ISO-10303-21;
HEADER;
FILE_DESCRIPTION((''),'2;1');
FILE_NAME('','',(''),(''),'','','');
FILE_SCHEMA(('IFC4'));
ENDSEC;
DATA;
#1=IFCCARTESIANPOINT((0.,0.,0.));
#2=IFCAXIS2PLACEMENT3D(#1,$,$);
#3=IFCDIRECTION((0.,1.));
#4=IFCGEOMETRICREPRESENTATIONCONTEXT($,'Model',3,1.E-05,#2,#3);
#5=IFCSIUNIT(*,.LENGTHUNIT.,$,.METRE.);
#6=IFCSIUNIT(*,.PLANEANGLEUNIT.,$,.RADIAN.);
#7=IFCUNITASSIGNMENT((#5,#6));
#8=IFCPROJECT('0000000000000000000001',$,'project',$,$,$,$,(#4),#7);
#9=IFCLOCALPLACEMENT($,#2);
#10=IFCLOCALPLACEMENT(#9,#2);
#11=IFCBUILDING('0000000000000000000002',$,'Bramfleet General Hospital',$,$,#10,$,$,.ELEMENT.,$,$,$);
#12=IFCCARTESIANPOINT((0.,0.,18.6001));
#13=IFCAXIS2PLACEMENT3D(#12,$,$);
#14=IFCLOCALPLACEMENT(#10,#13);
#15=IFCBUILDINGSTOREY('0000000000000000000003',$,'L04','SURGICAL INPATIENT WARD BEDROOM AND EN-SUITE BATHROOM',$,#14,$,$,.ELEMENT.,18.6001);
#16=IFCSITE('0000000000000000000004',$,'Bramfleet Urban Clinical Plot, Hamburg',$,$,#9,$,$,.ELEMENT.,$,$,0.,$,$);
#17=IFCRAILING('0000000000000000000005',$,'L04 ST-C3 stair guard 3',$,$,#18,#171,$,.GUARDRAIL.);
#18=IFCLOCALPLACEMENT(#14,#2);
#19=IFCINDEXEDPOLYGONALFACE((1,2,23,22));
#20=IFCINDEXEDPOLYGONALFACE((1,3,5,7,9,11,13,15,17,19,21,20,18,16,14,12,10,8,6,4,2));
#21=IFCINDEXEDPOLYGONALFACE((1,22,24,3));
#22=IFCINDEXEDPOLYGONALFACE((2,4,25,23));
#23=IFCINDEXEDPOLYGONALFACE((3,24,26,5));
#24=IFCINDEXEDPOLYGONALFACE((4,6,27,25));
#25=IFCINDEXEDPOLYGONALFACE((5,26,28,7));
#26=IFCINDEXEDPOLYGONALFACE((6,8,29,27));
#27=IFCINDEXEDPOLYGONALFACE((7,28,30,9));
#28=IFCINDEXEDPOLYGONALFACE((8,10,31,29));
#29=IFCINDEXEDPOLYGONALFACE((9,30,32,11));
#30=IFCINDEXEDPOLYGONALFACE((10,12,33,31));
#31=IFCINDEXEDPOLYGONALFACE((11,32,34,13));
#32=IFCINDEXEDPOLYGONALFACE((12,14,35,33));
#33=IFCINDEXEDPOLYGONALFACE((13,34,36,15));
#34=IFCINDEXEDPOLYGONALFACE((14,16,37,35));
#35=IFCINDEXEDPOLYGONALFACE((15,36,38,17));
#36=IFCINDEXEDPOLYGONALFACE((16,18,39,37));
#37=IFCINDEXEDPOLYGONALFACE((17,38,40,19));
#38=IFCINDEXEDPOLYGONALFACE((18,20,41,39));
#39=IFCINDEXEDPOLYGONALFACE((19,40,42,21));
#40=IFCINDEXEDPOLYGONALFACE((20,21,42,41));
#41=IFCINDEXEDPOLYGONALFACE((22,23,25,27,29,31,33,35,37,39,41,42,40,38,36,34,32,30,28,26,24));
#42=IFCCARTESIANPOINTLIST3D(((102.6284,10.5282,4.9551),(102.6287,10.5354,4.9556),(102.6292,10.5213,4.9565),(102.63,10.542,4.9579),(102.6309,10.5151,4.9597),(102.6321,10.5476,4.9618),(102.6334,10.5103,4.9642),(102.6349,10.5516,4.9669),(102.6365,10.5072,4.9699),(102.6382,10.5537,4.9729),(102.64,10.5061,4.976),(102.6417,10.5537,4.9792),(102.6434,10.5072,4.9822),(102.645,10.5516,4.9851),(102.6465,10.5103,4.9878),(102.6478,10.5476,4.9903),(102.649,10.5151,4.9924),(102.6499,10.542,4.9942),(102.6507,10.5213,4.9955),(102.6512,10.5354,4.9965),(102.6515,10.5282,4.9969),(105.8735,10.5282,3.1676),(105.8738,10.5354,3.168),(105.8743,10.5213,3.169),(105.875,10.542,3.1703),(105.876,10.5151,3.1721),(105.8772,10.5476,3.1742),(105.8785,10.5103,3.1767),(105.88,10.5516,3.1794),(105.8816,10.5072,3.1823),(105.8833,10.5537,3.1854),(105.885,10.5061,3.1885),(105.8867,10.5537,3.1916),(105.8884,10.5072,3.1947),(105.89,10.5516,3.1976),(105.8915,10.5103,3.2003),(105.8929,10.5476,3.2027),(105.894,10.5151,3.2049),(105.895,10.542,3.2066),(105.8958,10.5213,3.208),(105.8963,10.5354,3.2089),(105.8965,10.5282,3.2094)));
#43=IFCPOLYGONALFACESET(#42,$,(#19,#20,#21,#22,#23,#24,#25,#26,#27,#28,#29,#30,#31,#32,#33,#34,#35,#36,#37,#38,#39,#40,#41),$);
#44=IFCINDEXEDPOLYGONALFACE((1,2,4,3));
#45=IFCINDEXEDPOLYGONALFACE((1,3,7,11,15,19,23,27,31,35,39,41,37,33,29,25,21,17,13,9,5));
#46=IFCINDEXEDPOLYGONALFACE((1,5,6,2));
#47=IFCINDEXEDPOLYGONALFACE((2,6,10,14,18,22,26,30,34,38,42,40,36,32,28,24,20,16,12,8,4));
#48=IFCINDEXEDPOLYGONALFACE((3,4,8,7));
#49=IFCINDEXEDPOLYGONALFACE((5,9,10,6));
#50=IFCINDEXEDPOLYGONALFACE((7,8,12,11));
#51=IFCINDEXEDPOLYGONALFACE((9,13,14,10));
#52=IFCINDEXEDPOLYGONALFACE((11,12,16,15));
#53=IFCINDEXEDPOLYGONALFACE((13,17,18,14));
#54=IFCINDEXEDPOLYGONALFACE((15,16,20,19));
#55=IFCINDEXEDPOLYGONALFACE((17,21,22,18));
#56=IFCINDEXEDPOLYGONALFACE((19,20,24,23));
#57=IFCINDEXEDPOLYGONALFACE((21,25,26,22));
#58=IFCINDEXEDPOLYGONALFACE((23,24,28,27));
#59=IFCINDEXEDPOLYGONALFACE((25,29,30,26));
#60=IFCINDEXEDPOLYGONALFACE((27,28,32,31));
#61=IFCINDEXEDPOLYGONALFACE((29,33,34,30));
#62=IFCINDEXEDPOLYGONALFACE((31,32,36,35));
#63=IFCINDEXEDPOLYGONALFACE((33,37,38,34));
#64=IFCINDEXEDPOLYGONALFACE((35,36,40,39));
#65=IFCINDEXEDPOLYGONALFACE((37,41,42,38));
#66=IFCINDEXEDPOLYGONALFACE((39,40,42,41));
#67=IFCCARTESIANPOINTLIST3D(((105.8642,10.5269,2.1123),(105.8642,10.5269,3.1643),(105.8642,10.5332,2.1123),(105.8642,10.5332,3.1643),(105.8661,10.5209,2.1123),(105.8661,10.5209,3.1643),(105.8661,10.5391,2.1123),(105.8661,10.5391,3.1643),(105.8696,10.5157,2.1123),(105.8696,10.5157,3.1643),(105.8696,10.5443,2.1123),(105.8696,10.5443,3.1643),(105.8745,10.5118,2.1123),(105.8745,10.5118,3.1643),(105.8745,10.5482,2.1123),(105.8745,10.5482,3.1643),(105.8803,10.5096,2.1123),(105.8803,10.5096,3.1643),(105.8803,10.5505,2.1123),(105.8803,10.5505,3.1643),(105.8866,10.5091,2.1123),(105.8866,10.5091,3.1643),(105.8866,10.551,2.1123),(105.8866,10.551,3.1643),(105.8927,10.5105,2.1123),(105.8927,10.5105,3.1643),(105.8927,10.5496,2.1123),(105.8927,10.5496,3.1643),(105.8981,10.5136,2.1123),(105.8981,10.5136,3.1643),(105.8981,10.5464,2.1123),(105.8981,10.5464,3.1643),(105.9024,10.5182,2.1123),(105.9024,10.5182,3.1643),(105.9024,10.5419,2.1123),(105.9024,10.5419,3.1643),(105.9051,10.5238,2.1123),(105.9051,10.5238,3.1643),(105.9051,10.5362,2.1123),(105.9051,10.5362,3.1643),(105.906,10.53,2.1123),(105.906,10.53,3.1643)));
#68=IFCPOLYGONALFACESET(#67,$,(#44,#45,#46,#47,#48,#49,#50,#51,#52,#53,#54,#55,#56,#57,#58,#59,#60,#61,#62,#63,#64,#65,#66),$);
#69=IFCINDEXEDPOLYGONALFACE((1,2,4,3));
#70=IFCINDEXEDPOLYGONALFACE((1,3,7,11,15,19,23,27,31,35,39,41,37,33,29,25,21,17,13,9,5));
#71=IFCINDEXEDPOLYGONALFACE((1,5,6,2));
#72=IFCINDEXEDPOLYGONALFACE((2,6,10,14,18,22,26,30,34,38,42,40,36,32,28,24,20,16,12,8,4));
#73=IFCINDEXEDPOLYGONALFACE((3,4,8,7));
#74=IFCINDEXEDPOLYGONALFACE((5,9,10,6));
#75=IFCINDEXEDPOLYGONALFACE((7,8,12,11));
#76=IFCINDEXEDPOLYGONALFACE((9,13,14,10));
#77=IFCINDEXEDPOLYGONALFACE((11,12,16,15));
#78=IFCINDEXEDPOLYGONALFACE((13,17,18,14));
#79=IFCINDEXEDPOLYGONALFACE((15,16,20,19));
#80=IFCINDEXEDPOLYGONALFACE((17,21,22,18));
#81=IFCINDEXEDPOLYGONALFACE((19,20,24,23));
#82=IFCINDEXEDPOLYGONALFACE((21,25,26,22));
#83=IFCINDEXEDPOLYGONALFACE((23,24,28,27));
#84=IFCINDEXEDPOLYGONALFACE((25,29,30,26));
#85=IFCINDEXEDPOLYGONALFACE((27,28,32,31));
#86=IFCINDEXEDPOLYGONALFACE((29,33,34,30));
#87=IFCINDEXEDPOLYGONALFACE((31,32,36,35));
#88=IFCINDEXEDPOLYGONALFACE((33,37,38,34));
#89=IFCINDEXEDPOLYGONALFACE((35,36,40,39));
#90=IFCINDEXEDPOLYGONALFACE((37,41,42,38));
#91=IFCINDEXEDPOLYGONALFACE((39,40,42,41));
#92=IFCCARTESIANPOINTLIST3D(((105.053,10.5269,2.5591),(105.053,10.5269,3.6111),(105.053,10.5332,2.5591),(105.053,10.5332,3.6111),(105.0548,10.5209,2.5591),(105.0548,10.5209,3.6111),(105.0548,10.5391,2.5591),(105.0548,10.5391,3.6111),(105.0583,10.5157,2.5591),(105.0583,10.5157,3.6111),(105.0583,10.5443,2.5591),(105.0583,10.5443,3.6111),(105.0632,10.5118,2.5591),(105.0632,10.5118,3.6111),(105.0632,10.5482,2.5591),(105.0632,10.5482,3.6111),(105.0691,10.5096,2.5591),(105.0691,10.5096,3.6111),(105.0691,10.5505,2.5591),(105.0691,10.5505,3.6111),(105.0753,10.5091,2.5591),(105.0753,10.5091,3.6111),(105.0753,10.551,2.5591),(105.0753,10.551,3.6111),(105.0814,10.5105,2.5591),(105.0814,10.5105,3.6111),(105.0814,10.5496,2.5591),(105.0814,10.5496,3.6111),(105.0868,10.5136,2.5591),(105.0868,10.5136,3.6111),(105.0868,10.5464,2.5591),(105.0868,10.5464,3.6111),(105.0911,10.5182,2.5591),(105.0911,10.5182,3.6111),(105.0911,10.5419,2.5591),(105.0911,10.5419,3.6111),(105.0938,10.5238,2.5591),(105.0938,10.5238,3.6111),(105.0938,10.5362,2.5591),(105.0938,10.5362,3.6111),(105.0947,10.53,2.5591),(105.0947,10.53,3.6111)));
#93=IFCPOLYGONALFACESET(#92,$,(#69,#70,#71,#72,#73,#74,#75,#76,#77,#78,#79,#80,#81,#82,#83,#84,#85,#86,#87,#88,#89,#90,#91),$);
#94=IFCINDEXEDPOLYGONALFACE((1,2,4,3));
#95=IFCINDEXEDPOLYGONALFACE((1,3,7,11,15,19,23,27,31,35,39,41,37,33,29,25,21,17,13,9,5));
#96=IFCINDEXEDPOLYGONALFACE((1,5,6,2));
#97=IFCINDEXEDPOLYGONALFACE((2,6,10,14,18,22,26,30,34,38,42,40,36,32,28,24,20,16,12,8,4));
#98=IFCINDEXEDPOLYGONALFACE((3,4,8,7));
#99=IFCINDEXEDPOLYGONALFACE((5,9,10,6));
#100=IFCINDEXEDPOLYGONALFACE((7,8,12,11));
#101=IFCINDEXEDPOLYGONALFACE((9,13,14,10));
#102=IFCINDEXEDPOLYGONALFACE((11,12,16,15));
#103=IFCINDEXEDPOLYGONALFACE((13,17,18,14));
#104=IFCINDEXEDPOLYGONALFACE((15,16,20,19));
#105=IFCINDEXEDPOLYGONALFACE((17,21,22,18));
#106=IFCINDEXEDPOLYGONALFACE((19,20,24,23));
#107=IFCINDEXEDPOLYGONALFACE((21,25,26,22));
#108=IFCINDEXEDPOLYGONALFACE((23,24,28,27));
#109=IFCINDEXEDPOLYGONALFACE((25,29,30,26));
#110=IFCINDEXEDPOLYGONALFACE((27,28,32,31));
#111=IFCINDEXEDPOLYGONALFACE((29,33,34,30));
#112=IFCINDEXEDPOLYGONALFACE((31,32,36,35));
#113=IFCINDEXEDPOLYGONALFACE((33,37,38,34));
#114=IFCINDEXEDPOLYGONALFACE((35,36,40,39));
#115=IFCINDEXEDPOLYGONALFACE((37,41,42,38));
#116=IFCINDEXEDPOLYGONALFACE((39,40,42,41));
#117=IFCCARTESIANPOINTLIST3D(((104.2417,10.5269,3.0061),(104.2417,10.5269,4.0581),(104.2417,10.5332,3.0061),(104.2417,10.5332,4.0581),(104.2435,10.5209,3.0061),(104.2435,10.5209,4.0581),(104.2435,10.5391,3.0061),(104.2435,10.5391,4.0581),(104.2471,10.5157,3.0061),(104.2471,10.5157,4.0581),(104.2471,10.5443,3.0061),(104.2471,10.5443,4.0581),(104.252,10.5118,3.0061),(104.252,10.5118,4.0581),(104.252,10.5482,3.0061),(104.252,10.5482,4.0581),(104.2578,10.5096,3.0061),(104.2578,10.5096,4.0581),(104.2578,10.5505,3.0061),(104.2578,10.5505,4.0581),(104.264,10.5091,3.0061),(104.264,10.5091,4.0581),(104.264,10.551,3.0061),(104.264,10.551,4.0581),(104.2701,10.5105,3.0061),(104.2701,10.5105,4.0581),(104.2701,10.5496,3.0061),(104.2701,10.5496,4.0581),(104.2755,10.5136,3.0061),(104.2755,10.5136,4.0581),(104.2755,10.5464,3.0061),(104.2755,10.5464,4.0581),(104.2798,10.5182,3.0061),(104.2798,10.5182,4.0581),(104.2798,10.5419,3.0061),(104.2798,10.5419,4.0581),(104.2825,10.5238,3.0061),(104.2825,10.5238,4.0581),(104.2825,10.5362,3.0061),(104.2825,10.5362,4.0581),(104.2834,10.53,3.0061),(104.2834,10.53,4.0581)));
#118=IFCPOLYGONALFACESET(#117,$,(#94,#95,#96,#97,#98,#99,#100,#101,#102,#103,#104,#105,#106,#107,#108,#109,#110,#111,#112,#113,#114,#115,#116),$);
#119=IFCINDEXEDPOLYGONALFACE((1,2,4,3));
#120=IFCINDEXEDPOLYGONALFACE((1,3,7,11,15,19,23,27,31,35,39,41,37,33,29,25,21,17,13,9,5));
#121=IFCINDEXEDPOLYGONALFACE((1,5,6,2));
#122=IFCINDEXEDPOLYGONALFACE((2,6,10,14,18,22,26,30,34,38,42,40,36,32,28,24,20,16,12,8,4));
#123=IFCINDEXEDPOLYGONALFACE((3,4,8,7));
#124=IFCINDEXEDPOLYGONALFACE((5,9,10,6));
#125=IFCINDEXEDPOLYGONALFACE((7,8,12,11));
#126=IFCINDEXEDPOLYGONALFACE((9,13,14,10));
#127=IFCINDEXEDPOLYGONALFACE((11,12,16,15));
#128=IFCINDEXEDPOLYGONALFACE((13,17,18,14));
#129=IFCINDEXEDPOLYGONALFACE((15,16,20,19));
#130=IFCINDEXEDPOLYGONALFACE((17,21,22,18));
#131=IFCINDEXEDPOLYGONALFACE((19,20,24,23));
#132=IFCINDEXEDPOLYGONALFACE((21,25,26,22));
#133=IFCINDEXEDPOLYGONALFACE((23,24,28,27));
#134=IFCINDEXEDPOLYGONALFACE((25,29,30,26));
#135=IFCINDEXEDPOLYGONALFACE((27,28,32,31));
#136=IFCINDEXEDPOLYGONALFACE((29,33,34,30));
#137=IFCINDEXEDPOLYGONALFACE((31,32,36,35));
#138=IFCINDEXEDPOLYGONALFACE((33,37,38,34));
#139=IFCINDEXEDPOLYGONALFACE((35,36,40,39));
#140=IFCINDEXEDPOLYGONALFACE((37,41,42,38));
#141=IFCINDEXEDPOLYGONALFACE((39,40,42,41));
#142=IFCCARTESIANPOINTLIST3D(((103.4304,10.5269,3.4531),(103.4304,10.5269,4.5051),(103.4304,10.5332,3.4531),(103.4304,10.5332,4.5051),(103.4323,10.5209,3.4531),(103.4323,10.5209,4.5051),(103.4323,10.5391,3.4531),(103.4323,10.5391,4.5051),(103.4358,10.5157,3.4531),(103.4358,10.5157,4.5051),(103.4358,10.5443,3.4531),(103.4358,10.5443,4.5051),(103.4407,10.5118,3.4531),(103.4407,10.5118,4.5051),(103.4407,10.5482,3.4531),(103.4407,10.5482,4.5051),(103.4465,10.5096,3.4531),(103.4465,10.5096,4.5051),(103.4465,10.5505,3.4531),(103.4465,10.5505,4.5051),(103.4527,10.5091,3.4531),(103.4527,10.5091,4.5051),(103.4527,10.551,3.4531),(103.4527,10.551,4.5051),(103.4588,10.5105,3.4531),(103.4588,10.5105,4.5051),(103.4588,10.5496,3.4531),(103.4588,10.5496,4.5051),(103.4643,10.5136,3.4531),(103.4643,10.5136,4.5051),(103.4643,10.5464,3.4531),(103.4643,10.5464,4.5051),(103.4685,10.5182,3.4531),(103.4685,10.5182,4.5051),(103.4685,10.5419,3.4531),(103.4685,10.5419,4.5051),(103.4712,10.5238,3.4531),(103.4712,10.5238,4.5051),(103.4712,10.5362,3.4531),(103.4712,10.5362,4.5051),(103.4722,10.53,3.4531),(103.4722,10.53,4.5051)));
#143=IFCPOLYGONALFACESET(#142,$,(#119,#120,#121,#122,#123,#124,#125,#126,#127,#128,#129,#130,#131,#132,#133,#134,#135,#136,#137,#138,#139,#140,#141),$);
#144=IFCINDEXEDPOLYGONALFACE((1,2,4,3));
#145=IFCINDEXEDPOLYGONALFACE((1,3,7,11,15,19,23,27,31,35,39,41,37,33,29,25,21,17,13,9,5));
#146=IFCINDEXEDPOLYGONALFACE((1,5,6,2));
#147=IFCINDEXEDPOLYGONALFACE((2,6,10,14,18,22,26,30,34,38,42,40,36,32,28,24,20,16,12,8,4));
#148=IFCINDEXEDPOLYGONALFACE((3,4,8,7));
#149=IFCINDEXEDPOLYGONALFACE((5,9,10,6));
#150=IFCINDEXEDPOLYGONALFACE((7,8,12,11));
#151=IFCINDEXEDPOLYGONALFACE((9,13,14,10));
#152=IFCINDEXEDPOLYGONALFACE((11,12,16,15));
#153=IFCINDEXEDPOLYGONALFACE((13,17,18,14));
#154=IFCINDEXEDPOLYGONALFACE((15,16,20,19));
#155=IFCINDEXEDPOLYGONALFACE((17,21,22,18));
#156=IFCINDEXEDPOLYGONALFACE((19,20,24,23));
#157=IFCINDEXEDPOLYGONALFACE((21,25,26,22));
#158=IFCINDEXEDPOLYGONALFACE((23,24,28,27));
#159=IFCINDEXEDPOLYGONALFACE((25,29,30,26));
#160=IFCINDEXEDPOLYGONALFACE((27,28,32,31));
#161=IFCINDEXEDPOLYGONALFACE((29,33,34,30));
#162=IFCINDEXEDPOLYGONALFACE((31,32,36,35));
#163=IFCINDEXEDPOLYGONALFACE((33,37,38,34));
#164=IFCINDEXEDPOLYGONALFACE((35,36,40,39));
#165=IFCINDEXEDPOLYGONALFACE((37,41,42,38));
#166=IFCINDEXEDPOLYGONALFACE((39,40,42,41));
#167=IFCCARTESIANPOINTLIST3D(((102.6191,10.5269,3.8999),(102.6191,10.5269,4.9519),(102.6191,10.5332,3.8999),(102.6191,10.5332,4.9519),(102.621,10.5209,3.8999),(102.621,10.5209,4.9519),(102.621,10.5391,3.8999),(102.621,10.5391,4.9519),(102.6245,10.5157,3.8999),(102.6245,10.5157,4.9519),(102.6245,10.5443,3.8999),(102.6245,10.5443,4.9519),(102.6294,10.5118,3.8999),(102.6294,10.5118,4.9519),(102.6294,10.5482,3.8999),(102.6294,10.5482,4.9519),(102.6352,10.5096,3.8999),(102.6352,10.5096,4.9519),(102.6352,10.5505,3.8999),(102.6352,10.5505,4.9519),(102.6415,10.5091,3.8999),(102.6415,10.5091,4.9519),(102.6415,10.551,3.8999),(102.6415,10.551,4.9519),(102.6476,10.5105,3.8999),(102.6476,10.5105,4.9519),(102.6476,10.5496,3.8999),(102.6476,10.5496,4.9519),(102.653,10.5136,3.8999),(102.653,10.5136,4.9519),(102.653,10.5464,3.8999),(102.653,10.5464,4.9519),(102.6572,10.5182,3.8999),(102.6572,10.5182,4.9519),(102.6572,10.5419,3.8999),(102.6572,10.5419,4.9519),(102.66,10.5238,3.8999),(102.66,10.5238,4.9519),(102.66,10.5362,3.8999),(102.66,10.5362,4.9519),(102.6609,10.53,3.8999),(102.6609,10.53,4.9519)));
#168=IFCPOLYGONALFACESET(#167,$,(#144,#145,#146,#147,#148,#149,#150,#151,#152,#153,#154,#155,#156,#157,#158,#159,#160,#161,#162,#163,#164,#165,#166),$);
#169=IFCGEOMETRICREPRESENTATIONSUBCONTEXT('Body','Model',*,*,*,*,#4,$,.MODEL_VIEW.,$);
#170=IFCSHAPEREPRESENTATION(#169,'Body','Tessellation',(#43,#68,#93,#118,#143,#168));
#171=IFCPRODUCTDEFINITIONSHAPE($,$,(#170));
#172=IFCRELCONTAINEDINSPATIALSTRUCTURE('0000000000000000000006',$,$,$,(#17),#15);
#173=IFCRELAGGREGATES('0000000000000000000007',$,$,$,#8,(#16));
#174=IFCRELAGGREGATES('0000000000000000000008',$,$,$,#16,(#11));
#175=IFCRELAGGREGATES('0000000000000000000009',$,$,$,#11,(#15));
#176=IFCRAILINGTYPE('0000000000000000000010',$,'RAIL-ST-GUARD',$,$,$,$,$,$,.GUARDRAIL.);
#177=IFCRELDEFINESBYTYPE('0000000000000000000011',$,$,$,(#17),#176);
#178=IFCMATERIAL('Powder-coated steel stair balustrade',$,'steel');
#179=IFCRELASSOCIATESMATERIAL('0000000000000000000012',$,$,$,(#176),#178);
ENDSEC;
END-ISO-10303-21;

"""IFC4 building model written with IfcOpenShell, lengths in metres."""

from ifc_helpers import new_model, si_unit, direction, frame, origin, origin_2d, place, context, subcontext, project, spatial, circle, extrude, material, type_object, element, save


model = new_model("IFC4")

# Units and contexts
model_context = context("Model", 3, precision=1e-05, world=origin(), true_north=direction((0.0, 1.0)))
body_context = subcontext(model_context, "Body", "Model", "MODEL_VIEW")
ifc_project = project(units=[si_unit("LENGTHUNIT", "METRE"), si_unit("PLANEANGLEUNIT", "RADIAN")], contexts=[model_context])

# Site, building, storey
site_placement = place(None, origin())
site = spatial("IfcSite", under=ifc_project, at=site_placement, Name="Bramfleet Urban Clinical Plot, Hamburg", CompositionType="ELEMENT", RefElevation=0.0)
building_placement = place(site_placement, origin())
building = spatial("IfcBuilding", under=site, at=building_placement, Name="Bramfleet General Hospital", CompositionType="ELEMENT")
storey_placement = place(building_placement, frame((0.0, 0.0, 18.6001)))
storey = spatial("IfcBuildingStorey", under=building, at=storey_placement, Name="L04", Description="SURGICAL INPATIENT WARD BEDROOM AND EN-SUITE BATHROOM", CompositionType="ELEMENT", Elevation=18.6001)

# Railing
ifc_material_1 = material(Name="Powder-coated steel stair balustrade", Category="steel")
railing_type_1 = type_object("IfcRailingType", Name="RAIL-ST-GUARD", PredefinedType="GUARDRAIL", material=ifc_material_1)
railing_1_placement = place(storey_placement, frame((105.885, 10.53, 2.1123)))
element("IfcRailing", 1, at=railing_1_placement, inside=storey, type_object=railing_type_1, Name="L04 ST-C3 stair guard 3", PredefinedType="GUARDRAIL", context=body_context, shape_type="SweptSolid", body=[
    extrude(circle(Radius=0.0239, at=origin_2d()), frame((0.0, 0.0, 1.0762), z_axis=(-0.875899, 0.0, 0.482495), x_axis=(0.0, -1.0, 0.0)), (0.0, 0.0, 1.0), 3.7048),
    extrude(circle(Radius=0.021, at=origin_2d()), origin(), (0.0, 0.0, 1.0), 1.052),
    extrude(circle(Radius=0.021, at=origin_2d()), frame((-0.8113, 0.0, 0.4468)), (0.0, 0.0, 1.0), 1.052),
    extrude(circle(Radius=0.021, at=origin_2d()), frame((-1.6226, 0.0, 0.8938)), (0.0, 0.0, 1.0), 1.052),
    extrude(circle(Radius=0.021, at=origin_2d()), frame((-2.4338, 0.0, 1.3408)), (0.0, 0.0, 1.0), 1.052),
    extrude(circle(Radius=0.021, at=origin_2d()), frame((-3.2451, 0.0, 1.7876)), (0.0, 0.0, 1.0), 1.052),
])

save(model, "model.ifc")
